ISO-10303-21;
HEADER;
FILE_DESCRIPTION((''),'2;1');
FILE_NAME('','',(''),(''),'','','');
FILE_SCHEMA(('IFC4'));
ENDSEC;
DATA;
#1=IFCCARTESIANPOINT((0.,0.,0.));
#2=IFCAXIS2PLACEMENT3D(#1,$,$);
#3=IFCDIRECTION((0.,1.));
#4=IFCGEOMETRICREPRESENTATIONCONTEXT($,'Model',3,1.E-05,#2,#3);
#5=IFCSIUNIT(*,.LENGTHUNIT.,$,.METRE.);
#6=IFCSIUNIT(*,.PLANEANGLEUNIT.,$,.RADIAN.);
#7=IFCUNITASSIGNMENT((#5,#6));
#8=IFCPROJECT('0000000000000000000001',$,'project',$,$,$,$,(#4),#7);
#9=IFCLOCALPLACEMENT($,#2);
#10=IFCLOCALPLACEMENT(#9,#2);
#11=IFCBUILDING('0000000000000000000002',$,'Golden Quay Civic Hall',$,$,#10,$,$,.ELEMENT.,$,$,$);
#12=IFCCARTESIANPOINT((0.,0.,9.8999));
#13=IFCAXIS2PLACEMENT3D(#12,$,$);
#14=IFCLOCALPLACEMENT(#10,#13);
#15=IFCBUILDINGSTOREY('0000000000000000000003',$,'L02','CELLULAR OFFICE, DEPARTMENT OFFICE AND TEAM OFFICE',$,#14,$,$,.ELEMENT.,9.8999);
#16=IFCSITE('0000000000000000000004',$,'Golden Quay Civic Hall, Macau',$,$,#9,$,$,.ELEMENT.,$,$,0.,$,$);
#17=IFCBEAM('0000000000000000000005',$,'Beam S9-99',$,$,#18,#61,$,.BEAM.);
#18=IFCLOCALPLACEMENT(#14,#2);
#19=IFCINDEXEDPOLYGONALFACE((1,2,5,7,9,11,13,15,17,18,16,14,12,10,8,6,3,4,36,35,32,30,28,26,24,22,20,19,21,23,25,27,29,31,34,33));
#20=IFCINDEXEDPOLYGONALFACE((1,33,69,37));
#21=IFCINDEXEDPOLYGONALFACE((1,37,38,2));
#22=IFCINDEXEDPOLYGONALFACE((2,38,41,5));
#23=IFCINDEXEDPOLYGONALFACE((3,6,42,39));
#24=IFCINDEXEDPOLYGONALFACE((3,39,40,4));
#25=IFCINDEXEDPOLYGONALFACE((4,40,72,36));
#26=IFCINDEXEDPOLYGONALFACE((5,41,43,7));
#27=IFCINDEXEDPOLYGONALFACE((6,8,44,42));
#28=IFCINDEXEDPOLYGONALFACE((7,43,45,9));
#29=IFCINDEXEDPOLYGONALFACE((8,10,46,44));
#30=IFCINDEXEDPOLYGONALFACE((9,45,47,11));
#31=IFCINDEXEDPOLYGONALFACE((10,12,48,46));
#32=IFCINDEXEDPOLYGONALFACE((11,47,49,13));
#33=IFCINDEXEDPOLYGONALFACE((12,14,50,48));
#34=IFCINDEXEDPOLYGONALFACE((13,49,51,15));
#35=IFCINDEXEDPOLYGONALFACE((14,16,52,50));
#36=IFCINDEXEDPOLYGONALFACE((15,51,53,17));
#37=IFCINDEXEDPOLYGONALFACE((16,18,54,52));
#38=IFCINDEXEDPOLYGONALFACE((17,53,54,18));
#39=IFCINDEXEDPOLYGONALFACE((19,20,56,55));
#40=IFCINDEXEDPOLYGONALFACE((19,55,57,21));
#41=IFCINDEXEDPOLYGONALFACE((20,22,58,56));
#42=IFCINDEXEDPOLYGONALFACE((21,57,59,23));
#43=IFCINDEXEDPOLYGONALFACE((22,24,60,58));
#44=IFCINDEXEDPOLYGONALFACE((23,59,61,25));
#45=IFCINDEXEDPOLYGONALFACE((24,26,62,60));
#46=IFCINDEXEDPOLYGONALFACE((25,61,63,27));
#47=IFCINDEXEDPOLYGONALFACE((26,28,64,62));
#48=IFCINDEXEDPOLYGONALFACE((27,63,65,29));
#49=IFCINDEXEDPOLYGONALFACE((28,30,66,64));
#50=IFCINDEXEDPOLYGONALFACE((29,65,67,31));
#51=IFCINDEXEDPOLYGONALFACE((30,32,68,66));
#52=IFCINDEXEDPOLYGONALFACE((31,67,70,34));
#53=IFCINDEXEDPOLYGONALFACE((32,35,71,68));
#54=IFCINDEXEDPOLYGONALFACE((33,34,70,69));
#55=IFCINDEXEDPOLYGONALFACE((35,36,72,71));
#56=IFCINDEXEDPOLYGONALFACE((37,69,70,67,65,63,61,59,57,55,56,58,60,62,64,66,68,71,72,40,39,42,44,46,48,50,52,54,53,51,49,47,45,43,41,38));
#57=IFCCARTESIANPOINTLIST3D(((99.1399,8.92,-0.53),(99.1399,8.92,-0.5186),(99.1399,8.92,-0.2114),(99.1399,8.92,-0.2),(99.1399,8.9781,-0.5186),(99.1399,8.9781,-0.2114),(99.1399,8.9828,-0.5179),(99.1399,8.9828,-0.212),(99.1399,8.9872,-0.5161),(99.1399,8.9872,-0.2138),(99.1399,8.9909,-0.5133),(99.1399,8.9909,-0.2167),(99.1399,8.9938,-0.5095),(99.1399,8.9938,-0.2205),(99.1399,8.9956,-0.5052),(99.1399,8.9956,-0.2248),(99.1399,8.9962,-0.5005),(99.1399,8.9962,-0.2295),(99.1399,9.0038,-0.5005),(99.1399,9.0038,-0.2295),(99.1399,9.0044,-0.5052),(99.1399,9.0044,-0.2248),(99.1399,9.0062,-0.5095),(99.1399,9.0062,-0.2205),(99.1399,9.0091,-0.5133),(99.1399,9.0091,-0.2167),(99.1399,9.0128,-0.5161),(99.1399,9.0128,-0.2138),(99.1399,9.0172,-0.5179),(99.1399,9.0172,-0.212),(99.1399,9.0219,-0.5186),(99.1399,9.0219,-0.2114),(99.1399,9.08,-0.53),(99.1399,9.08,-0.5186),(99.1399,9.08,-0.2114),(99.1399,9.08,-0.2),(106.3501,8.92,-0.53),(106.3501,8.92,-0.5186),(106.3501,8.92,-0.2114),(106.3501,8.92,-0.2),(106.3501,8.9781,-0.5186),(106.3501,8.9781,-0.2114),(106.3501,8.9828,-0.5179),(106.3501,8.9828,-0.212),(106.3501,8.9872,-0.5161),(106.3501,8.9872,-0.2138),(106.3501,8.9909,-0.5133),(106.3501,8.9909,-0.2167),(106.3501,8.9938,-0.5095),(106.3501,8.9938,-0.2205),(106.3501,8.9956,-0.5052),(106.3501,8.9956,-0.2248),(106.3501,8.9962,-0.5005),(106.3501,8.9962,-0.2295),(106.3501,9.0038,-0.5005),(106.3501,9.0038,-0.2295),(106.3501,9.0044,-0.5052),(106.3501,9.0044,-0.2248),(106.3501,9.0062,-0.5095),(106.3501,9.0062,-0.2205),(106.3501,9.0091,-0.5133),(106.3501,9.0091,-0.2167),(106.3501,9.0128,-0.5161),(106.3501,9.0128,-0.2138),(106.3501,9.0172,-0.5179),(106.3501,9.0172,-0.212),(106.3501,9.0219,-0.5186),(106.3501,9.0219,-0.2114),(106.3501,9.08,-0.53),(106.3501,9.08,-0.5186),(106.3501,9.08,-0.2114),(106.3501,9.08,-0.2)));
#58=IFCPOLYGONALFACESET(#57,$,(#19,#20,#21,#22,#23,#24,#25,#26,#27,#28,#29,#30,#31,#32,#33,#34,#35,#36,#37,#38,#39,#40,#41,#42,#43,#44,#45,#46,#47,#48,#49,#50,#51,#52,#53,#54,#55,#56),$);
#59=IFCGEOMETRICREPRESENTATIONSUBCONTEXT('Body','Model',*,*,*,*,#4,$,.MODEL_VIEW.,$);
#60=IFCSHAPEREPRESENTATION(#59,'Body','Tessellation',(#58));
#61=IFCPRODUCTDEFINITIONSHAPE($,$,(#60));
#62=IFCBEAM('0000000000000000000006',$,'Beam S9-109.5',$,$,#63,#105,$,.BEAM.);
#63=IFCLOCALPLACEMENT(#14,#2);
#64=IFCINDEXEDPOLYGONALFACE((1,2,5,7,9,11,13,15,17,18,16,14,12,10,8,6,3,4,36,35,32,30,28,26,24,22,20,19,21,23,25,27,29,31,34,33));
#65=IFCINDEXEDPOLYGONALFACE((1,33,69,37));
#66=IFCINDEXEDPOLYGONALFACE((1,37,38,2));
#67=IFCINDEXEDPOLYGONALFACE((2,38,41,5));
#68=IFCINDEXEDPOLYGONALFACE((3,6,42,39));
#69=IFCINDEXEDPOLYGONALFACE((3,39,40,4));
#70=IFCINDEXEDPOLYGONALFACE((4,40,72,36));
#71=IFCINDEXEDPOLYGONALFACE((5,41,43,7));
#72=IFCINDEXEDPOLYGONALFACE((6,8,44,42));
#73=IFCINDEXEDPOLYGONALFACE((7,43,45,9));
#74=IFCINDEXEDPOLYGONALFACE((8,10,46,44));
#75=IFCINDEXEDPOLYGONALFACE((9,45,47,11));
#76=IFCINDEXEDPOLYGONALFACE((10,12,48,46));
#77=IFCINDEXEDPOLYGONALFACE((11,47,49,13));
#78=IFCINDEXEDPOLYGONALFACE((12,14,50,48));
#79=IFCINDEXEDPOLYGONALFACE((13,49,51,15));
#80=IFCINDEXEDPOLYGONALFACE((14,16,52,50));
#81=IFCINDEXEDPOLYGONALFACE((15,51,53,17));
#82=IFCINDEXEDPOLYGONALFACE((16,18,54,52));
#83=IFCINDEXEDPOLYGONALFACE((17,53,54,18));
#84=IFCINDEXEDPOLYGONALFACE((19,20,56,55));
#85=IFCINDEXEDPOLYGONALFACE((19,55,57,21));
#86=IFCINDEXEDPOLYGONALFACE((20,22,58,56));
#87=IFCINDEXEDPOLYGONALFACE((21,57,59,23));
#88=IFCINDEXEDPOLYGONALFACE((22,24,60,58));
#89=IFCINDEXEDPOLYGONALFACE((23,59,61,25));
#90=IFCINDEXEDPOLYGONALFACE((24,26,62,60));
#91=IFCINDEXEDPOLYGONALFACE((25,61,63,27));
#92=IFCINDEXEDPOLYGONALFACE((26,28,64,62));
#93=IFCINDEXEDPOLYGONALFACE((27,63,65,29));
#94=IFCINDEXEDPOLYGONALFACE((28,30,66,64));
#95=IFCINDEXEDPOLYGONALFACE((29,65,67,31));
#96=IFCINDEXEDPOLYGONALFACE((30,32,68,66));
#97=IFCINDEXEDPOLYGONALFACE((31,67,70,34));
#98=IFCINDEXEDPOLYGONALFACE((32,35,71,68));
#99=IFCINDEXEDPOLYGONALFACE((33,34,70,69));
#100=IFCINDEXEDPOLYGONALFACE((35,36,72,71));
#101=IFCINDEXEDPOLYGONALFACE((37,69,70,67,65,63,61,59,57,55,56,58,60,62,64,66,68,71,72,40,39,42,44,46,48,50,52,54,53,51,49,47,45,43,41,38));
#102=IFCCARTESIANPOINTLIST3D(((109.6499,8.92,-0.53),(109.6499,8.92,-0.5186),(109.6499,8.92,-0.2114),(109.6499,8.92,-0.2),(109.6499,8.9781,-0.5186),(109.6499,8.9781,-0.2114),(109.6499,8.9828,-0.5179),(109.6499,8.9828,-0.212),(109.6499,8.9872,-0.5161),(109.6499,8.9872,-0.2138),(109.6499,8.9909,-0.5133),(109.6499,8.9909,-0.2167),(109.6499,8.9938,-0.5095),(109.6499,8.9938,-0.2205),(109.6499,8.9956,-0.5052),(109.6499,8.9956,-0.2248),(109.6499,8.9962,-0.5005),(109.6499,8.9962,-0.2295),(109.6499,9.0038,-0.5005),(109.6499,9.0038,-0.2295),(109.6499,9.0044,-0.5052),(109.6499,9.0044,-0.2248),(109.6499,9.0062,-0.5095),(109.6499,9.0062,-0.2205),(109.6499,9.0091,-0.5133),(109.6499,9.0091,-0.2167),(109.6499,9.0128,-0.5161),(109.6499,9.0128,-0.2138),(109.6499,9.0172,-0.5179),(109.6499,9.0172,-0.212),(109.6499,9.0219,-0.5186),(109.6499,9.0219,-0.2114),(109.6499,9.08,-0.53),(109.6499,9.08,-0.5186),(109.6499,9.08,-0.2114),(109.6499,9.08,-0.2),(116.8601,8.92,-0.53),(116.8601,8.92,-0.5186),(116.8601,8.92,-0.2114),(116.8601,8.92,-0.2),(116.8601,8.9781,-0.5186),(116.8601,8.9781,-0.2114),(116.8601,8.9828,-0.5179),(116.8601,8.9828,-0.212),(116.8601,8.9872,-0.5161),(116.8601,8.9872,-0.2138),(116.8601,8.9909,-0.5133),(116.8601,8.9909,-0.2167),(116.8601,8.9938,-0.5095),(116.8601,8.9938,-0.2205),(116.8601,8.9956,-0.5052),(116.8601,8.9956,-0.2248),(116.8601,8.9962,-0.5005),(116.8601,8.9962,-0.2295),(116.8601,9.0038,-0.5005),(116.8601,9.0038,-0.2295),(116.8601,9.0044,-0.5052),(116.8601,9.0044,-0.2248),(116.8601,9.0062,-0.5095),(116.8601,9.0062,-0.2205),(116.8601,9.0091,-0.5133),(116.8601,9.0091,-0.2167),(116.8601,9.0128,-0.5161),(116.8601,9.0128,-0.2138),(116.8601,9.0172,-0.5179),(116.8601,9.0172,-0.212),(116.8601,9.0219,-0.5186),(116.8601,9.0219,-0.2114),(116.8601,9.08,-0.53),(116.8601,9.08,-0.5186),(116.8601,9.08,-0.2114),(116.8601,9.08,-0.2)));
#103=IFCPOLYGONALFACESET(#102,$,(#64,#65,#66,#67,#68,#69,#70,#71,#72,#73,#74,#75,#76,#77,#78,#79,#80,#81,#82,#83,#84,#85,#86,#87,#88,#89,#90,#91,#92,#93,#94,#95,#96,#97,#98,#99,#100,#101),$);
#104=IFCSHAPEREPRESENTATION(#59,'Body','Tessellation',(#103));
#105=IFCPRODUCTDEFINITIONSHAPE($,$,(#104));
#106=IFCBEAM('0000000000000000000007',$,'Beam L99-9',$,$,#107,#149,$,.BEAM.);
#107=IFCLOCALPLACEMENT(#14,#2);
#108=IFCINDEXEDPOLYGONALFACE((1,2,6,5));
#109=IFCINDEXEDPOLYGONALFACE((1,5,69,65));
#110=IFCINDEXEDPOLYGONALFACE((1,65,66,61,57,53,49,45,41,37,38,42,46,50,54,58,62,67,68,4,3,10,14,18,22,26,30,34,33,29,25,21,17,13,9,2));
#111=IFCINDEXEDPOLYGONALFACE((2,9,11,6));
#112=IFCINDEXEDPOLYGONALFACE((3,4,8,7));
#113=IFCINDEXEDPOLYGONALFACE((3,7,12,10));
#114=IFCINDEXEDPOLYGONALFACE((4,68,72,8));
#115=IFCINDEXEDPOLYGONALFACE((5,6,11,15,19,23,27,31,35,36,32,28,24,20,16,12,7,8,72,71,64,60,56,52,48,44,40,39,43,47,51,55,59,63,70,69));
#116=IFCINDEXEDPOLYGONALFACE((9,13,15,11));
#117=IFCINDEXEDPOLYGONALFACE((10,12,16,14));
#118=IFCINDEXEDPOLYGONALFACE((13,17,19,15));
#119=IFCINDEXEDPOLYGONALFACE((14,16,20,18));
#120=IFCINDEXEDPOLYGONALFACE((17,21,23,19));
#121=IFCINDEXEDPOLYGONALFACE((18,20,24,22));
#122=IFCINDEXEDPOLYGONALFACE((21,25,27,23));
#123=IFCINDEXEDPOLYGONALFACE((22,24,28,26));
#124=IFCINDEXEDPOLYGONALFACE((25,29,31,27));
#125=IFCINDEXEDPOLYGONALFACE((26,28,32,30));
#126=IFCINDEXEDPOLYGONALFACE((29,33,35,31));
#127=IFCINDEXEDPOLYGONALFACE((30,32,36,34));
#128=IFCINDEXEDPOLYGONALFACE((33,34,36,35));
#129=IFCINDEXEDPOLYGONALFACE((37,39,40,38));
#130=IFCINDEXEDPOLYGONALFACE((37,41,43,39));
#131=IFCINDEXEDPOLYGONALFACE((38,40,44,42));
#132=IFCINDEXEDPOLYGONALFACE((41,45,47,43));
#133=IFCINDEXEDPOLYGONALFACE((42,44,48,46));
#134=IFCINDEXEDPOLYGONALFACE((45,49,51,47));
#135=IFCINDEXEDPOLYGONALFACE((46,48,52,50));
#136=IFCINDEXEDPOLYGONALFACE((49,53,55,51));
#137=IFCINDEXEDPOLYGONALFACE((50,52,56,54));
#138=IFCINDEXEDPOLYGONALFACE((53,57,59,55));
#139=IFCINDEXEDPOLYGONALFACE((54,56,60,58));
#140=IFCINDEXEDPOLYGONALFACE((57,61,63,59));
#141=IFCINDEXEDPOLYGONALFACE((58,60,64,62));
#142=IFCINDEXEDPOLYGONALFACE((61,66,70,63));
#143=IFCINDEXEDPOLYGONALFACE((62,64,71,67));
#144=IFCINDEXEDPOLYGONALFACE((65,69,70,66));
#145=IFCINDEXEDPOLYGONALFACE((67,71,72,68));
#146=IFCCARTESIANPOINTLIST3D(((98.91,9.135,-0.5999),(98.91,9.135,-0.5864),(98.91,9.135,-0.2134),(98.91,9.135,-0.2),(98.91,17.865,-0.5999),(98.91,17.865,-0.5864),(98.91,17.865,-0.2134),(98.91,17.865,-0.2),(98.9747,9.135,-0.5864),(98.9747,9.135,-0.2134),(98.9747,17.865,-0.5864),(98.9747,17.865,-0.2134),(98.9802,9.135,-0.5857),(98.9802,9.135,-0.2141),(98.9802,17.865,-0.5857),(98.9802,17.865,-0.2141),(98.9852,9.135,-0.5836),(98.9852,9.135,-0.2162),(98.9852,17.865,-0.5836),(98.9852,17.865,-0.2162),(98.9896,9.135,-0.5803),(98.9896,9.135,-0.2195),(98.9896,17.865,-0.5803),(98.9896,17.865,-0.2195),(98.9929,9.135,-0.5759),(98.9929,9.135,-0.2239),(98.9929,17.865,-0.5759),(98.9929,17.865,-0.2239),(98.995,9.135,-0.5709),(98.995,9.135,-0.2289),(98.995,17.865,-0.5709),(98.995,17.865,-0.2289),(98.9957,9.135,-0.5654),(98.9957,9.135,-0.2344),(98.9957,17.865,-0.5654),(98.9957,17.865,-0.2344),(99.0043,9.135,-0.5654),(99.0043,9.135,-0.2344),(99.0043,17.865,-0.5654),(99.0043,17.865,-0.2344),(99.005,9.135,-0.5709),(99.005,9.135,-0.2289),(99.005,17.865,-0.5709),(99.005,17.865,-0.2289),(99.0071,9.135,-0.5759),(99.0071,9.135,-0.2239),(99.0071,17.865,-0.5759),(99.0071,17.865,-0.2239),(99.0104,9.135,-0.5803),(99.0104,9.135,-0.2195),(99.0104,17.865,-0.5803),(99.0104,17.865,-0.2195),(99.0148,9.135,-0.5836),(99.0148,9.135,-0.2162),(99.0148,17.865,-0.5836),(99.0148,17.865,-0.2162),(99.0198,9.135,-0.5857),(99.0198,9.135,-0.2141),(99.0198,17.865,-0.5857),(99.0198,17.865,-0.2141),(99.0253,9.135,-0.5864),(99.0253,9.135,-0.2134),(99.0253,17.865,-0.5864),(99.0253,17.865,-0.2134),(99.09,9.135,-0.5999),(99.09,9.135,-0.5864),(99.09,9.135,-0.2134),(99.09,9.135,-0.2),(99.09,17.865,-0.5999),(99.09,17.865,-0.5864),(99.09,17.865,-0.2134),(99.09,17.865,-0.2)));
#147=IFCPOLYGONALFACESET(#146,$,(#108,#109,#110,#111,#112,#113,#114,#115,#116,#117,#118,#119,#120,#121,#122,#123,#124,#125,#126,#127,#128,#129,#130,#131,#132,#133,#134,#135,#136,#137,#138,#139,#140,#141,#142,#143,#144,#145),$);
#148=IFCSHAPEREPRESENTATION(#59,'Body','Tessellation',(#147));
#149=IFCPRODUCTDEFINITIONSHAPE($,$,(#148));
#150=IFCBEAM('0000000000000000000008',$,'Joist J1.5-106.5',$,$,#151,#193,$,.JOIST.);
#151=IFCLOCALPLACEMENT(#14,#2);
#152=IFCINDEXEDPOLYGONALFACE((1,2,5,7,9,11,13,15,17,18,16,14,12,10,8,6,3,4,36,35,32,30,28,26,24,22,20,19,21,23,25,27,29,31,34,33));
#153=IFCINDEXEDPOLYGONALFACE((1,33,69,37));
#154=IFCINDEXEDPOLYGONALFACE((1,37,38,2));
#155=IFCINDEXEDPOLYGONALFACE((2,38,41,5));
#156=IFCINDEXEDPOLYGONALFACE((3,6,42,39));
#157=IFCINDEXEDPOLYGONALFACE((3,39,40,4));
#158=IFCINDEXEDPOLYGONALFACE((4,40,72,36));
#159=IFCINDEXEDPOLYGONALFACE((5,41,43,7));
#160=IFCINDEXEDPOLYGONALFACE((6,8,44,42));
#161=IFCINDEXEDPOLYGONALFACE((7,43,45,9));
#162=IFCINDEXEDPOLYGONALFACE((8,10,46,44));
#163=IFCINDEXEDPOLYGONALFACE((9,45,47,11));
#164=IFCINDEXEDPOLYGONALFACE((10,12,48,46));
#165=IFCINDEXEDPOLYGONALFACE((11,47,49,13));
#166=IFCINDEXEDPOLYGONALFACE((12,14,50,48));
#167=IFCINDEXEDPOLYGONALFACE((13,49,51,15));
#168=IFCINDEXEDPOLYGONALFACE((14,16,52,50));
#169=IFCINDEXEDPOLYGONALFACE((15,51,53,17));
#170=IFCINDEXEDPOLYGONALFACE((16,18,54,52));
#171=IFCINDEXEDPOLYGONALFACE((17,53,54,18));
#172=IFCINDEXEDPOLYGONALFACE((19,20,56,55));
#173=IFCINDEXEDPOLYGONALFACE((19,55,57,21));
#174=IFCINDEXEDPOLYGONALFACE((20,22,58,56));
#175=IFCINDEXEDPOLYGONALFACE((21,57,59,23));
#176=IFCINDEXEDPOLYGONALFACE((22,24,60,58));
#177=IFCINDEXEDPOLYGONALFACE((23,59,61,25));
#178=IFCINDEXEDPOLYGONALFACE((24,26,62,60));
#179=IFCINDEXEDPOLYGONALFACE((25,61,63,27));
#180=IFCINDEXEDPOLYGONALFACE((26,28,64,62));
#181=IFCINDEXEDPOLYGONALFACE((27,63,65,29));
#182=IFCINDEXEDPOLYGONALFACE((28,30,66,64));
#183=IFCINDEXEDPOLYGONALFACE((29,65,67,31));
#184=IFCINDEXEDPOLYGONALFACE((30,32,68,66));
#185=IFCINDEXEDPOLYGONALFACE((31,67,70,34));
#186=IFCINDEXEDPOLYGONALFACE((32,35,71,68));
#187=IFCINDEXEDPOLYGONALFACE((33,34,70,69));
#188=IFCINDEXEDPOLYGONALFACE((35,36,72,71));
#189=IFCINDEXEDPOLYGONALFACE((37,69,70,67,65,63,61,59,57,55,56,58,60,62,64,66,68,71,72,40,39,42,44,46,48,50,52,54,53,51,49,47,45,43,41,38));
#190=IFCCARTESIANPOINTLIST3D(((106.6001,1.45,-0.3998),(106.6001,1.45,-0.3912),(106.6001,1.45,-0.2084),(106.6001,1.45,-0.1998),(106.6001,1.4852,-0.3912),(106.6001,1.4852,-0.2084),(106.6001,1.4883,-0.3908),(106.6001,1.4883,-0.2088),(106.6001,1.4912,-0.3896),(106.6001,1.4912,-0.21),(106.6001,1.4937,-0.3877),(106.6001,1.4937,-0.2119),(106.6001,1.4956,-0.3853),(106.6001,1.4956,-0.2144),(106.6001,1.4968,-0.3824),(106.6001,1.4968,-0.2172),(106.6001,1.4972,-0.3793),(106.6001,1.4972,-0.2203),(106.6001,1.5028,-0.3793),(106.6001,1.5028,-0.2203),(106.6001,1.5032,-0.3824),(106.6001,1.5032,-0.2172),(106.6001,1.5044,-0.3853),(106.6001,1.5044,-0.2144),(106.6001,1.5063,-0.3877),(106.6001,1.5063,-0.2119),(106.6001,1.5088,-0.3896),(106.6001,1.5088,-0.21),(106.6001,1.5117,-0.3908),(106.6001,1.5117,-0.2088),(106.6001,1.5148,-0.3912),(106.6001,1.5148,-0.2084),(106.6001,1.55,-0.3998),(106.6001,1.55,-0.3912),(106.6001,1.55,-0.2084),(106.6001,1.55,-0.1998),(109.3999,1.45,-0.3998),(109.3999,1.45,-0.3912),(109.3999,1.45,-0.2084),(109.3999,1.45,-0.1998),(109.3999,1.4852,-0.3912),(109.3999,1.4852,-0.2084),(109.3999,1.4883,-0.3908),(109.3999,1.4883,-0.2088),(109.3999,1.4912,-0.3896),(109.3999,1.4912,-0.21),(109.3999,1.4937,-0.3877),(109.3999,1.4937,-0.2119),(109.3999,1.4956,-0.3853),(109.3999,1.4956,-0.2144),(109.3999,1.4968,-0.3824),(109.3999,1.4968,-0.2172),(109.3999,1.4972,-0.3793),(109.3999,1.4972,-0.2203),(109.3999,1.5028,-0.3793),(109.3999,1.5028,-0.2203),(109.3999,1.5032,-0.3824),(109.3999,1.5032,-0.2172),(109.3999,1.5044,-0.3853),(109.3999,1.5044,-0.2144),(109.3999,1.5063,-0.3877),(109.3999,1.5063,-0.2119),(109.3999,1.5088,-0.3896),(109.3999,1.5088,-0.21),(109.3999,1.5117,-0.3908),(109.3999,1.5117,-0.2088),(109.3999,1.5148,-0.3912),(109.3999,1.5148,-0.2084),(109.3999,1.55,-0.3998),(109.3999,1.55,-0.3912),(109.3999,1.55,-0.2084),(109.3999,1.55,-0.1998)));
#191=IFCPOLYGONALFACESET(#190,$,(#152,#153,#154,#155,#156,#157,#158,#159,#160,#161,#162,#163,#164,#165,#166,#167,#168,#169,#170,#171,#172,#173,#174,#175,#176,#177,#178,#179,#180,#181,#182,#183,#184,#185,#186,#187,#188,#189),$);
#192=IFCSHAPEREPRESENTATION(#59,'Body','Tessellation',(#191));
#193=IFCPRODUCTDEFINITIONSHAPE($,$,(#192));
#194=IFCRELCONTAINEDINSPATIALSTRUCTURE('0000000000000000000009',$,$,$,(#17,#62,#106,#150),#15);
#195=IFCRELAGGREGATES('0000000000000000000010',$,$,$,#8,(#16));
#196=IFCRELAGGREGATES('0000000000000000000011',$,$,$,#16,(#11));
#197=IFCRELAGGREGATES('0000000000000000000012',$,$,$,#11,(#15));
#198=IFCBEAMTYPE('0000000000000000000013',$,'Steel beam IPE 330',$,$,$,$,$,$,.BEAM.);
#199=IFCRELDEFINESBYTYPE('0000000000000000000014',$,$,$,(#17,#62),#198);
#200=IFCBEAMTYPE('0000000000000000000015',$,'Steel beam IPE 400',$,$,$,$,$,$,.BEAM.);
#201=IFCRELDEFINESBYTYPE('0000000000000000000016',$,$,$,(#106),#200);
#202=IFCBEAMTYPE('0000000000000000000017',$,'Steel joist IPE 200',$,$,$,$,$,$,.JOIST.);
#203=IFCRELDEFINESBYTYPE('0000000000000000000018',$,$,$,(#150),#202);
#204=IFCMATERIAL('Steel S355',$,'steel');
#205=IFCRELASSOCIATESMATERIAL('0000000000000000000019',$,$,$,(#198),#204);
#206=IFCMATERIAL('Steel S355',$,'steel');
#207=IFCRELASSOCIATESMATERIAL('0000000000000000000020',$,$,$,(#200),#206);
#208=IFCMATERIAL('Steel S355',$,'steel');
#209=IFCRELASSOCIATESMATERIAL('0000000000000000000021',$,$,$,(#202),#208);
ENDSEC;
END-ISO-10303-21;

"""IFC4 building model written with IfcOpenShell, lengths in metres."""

from ifc_helpers import new_model, si_unit, direction, frame, origin, origin_2d, place, context, subcontext, project, spatial, i_section, extrude, material, material_profile, profile_set, type_object, element, save


model = new_model("IFC4")

# Units and contexts
model_context = context("Model", 3, precision=1e-05, world=origin(), true_north=direction((0.0, 1.0)))
body_context = subcontext(model_context, "Body", "Model", "MODEL_VIEW")
ifc_project = project(units=[si_unit("LENGTHUNIT", "METRE"), si_unit("PLANEANGLEUNIT", "RADIAN")], contexts=[model_context])

# Site, building, storey
site_placement = place(None, origin())
site = spatial("IfcSite", under=ifc_project, at=site_placement, Name="Golden Quay Civic Hall, Macau", CompositionType="ELEMENT", RefElevation=0.0)
building_placement = place(site_placement, origin())
building = spatial("IfcBuilding", under=site, at=building_placement, Name="Golden Quay Civic Hall", CompositionType="ELEMENT")
storey_placement = place(building_placement, frame((0.0, 0.0, 9.8999)))
storey = spatial("IfcBuildingStorey", under=building, at=storey_placement, Name="L02", Description="CELLULAR OFFICE, DEPARTMENT OFFICE AND TEAM OFFICE", CompositionType="ELEMENT", Elevation=9.8999)

# Beams
ifc_material_1 = material(Name="Steel S355", Category="steel")
ifc_material_profile_1 = material_profile(ifc_material_1, i_section(OverallWidth=0.1599, OverallDepth=0.3301, WebThickness=0.0076, FlangeThickness=0.0115, FilletRadius=0.0181, at=origin_2d()), Name="IPE 330")
ifc_profile_set_1 = profile_set([ifc_material_profile_1], Name="Steel S355")
beam_type_1 = type_object("IfcBeamType", Name="Steel beam IPE 330", PredefinedType="BEAM", material=ifc_profile_set_1)
for number, where, z_axis, x_axis, name in (
    (1, (99.1399, 9.0, -0.365), (1.0, 0.0, 0.0), (0.0, 1.0, 0.0), "Beam S9-99"),
    (2, (109.6499, 9.0, -0.365), (1.0, 0.0, 0.0), (0.0, 1.0, 0.0), "Beam S9-109.5"),
):
    element("IfcBeam", number, at=place(storey_placement, frame(where, z_axis=z_axis, x_axis=x_axis)), inside=storey, type_object=beam_type_1, Name=name, PredefinedType="BEAM", context=body_context, shape_type="SweptSolid", body=[
        extrude(i_section(OverallWidth=0.1599, OverallDepth=0.3301, WebThickness=0.0076, FlangeThickness=0.0115, FilletRadius=0.0181, at=origin_2d()), origin(), (0.0, 0.0, 1.0), 7.2102),
    ])
ifc_material_2 = material(Name="Steel S355", Category="steel")
ifc_material_profile_2 = material_profile(ifc_material_2, i_section(OverallWidth=0.1799, OverallDepth=0.3999, WebThickness=0.0085, FlangeThickness=0.0134, FilletRadius=0.021, at=origin_2d()), Name="IPE 400")
ifc_profile_set_2 = profile_set([ifc_material_profile_2], Name="Steel S355")
beam_type_2 = type_object("IfcBeamType", Name="Steel beam IPE 400", PredefinedType="BEAM", material=ifc_profile_set_2)
beam_1_placement = place(storey_placement, frame((99.0, 9.135, -0.3999), z_axis=(0.0, 1.0, 0.0), x_axis=(-1.0, 0.0, 0.0)))
element("IfcBeam", 3, at=beam_1_placement, inside=storey, type_object=beam_type_2, Name="Beam L99-9", PredefinedType="BEAM", context=body_context, shape_type="SweptSolid", body=[
    extrude(i_section(OverallWidth=0.1799, OverallDepth=0.3999, WebThickness=0.0085, FlangeThickness=0.0134, FilletRadius=0.021, at=origin_2d()), origin(), (0.0, 0.0, 1.0), 8.73),
])
ifc_material_3 = material(Name="Steel S355", Category="steel")
ifc_material_profile_3 = material_profile(ifc_material_3, i_section(OverallWidth=0.1001, OverallDepth=0.2, WebThickness=0.0056, FlangeThickness=0.0085, FilletRadius=0.012, at=origin_2d()), Name="IPE 200")
ifc_profile_set_3 = profile_set([ifc_material_profile_3], Name="Steel S355")
beam_type_3 = type_object("IfcBeamType", Name="Steel joist IPE 200", PredefinedType="JOIST", material=ifc_profile_set_3)
for number, where, z_axis, x_axis, name in (
    (4, (106.6001, 1.5, -0.2998), (1.0, 0.0, 0.0), (0.0, 1.0, 0.0), "Joist J1.5-106.5"),
):
    element("IfcBeam", number, at=place(storey_placement, frame(where, z_axis=z_axis, x_axis=x_axis)), inside=storey, type_object=beam_type_3, Name=name, PredefinedType="JOIST", context=body_context, shape_type="SweptSolid", body=[
        extrude(i_section(OverallWidth=0.1001, OverallDepth=0.2, WebThickness=0.0056, FlangeThickness=0.0085, FilletRadius=0.012, at=origin_2d()), origin(), (0.0, 0.0, 1.0), 2.7998),
    ])

save(model, "model.ifc")
